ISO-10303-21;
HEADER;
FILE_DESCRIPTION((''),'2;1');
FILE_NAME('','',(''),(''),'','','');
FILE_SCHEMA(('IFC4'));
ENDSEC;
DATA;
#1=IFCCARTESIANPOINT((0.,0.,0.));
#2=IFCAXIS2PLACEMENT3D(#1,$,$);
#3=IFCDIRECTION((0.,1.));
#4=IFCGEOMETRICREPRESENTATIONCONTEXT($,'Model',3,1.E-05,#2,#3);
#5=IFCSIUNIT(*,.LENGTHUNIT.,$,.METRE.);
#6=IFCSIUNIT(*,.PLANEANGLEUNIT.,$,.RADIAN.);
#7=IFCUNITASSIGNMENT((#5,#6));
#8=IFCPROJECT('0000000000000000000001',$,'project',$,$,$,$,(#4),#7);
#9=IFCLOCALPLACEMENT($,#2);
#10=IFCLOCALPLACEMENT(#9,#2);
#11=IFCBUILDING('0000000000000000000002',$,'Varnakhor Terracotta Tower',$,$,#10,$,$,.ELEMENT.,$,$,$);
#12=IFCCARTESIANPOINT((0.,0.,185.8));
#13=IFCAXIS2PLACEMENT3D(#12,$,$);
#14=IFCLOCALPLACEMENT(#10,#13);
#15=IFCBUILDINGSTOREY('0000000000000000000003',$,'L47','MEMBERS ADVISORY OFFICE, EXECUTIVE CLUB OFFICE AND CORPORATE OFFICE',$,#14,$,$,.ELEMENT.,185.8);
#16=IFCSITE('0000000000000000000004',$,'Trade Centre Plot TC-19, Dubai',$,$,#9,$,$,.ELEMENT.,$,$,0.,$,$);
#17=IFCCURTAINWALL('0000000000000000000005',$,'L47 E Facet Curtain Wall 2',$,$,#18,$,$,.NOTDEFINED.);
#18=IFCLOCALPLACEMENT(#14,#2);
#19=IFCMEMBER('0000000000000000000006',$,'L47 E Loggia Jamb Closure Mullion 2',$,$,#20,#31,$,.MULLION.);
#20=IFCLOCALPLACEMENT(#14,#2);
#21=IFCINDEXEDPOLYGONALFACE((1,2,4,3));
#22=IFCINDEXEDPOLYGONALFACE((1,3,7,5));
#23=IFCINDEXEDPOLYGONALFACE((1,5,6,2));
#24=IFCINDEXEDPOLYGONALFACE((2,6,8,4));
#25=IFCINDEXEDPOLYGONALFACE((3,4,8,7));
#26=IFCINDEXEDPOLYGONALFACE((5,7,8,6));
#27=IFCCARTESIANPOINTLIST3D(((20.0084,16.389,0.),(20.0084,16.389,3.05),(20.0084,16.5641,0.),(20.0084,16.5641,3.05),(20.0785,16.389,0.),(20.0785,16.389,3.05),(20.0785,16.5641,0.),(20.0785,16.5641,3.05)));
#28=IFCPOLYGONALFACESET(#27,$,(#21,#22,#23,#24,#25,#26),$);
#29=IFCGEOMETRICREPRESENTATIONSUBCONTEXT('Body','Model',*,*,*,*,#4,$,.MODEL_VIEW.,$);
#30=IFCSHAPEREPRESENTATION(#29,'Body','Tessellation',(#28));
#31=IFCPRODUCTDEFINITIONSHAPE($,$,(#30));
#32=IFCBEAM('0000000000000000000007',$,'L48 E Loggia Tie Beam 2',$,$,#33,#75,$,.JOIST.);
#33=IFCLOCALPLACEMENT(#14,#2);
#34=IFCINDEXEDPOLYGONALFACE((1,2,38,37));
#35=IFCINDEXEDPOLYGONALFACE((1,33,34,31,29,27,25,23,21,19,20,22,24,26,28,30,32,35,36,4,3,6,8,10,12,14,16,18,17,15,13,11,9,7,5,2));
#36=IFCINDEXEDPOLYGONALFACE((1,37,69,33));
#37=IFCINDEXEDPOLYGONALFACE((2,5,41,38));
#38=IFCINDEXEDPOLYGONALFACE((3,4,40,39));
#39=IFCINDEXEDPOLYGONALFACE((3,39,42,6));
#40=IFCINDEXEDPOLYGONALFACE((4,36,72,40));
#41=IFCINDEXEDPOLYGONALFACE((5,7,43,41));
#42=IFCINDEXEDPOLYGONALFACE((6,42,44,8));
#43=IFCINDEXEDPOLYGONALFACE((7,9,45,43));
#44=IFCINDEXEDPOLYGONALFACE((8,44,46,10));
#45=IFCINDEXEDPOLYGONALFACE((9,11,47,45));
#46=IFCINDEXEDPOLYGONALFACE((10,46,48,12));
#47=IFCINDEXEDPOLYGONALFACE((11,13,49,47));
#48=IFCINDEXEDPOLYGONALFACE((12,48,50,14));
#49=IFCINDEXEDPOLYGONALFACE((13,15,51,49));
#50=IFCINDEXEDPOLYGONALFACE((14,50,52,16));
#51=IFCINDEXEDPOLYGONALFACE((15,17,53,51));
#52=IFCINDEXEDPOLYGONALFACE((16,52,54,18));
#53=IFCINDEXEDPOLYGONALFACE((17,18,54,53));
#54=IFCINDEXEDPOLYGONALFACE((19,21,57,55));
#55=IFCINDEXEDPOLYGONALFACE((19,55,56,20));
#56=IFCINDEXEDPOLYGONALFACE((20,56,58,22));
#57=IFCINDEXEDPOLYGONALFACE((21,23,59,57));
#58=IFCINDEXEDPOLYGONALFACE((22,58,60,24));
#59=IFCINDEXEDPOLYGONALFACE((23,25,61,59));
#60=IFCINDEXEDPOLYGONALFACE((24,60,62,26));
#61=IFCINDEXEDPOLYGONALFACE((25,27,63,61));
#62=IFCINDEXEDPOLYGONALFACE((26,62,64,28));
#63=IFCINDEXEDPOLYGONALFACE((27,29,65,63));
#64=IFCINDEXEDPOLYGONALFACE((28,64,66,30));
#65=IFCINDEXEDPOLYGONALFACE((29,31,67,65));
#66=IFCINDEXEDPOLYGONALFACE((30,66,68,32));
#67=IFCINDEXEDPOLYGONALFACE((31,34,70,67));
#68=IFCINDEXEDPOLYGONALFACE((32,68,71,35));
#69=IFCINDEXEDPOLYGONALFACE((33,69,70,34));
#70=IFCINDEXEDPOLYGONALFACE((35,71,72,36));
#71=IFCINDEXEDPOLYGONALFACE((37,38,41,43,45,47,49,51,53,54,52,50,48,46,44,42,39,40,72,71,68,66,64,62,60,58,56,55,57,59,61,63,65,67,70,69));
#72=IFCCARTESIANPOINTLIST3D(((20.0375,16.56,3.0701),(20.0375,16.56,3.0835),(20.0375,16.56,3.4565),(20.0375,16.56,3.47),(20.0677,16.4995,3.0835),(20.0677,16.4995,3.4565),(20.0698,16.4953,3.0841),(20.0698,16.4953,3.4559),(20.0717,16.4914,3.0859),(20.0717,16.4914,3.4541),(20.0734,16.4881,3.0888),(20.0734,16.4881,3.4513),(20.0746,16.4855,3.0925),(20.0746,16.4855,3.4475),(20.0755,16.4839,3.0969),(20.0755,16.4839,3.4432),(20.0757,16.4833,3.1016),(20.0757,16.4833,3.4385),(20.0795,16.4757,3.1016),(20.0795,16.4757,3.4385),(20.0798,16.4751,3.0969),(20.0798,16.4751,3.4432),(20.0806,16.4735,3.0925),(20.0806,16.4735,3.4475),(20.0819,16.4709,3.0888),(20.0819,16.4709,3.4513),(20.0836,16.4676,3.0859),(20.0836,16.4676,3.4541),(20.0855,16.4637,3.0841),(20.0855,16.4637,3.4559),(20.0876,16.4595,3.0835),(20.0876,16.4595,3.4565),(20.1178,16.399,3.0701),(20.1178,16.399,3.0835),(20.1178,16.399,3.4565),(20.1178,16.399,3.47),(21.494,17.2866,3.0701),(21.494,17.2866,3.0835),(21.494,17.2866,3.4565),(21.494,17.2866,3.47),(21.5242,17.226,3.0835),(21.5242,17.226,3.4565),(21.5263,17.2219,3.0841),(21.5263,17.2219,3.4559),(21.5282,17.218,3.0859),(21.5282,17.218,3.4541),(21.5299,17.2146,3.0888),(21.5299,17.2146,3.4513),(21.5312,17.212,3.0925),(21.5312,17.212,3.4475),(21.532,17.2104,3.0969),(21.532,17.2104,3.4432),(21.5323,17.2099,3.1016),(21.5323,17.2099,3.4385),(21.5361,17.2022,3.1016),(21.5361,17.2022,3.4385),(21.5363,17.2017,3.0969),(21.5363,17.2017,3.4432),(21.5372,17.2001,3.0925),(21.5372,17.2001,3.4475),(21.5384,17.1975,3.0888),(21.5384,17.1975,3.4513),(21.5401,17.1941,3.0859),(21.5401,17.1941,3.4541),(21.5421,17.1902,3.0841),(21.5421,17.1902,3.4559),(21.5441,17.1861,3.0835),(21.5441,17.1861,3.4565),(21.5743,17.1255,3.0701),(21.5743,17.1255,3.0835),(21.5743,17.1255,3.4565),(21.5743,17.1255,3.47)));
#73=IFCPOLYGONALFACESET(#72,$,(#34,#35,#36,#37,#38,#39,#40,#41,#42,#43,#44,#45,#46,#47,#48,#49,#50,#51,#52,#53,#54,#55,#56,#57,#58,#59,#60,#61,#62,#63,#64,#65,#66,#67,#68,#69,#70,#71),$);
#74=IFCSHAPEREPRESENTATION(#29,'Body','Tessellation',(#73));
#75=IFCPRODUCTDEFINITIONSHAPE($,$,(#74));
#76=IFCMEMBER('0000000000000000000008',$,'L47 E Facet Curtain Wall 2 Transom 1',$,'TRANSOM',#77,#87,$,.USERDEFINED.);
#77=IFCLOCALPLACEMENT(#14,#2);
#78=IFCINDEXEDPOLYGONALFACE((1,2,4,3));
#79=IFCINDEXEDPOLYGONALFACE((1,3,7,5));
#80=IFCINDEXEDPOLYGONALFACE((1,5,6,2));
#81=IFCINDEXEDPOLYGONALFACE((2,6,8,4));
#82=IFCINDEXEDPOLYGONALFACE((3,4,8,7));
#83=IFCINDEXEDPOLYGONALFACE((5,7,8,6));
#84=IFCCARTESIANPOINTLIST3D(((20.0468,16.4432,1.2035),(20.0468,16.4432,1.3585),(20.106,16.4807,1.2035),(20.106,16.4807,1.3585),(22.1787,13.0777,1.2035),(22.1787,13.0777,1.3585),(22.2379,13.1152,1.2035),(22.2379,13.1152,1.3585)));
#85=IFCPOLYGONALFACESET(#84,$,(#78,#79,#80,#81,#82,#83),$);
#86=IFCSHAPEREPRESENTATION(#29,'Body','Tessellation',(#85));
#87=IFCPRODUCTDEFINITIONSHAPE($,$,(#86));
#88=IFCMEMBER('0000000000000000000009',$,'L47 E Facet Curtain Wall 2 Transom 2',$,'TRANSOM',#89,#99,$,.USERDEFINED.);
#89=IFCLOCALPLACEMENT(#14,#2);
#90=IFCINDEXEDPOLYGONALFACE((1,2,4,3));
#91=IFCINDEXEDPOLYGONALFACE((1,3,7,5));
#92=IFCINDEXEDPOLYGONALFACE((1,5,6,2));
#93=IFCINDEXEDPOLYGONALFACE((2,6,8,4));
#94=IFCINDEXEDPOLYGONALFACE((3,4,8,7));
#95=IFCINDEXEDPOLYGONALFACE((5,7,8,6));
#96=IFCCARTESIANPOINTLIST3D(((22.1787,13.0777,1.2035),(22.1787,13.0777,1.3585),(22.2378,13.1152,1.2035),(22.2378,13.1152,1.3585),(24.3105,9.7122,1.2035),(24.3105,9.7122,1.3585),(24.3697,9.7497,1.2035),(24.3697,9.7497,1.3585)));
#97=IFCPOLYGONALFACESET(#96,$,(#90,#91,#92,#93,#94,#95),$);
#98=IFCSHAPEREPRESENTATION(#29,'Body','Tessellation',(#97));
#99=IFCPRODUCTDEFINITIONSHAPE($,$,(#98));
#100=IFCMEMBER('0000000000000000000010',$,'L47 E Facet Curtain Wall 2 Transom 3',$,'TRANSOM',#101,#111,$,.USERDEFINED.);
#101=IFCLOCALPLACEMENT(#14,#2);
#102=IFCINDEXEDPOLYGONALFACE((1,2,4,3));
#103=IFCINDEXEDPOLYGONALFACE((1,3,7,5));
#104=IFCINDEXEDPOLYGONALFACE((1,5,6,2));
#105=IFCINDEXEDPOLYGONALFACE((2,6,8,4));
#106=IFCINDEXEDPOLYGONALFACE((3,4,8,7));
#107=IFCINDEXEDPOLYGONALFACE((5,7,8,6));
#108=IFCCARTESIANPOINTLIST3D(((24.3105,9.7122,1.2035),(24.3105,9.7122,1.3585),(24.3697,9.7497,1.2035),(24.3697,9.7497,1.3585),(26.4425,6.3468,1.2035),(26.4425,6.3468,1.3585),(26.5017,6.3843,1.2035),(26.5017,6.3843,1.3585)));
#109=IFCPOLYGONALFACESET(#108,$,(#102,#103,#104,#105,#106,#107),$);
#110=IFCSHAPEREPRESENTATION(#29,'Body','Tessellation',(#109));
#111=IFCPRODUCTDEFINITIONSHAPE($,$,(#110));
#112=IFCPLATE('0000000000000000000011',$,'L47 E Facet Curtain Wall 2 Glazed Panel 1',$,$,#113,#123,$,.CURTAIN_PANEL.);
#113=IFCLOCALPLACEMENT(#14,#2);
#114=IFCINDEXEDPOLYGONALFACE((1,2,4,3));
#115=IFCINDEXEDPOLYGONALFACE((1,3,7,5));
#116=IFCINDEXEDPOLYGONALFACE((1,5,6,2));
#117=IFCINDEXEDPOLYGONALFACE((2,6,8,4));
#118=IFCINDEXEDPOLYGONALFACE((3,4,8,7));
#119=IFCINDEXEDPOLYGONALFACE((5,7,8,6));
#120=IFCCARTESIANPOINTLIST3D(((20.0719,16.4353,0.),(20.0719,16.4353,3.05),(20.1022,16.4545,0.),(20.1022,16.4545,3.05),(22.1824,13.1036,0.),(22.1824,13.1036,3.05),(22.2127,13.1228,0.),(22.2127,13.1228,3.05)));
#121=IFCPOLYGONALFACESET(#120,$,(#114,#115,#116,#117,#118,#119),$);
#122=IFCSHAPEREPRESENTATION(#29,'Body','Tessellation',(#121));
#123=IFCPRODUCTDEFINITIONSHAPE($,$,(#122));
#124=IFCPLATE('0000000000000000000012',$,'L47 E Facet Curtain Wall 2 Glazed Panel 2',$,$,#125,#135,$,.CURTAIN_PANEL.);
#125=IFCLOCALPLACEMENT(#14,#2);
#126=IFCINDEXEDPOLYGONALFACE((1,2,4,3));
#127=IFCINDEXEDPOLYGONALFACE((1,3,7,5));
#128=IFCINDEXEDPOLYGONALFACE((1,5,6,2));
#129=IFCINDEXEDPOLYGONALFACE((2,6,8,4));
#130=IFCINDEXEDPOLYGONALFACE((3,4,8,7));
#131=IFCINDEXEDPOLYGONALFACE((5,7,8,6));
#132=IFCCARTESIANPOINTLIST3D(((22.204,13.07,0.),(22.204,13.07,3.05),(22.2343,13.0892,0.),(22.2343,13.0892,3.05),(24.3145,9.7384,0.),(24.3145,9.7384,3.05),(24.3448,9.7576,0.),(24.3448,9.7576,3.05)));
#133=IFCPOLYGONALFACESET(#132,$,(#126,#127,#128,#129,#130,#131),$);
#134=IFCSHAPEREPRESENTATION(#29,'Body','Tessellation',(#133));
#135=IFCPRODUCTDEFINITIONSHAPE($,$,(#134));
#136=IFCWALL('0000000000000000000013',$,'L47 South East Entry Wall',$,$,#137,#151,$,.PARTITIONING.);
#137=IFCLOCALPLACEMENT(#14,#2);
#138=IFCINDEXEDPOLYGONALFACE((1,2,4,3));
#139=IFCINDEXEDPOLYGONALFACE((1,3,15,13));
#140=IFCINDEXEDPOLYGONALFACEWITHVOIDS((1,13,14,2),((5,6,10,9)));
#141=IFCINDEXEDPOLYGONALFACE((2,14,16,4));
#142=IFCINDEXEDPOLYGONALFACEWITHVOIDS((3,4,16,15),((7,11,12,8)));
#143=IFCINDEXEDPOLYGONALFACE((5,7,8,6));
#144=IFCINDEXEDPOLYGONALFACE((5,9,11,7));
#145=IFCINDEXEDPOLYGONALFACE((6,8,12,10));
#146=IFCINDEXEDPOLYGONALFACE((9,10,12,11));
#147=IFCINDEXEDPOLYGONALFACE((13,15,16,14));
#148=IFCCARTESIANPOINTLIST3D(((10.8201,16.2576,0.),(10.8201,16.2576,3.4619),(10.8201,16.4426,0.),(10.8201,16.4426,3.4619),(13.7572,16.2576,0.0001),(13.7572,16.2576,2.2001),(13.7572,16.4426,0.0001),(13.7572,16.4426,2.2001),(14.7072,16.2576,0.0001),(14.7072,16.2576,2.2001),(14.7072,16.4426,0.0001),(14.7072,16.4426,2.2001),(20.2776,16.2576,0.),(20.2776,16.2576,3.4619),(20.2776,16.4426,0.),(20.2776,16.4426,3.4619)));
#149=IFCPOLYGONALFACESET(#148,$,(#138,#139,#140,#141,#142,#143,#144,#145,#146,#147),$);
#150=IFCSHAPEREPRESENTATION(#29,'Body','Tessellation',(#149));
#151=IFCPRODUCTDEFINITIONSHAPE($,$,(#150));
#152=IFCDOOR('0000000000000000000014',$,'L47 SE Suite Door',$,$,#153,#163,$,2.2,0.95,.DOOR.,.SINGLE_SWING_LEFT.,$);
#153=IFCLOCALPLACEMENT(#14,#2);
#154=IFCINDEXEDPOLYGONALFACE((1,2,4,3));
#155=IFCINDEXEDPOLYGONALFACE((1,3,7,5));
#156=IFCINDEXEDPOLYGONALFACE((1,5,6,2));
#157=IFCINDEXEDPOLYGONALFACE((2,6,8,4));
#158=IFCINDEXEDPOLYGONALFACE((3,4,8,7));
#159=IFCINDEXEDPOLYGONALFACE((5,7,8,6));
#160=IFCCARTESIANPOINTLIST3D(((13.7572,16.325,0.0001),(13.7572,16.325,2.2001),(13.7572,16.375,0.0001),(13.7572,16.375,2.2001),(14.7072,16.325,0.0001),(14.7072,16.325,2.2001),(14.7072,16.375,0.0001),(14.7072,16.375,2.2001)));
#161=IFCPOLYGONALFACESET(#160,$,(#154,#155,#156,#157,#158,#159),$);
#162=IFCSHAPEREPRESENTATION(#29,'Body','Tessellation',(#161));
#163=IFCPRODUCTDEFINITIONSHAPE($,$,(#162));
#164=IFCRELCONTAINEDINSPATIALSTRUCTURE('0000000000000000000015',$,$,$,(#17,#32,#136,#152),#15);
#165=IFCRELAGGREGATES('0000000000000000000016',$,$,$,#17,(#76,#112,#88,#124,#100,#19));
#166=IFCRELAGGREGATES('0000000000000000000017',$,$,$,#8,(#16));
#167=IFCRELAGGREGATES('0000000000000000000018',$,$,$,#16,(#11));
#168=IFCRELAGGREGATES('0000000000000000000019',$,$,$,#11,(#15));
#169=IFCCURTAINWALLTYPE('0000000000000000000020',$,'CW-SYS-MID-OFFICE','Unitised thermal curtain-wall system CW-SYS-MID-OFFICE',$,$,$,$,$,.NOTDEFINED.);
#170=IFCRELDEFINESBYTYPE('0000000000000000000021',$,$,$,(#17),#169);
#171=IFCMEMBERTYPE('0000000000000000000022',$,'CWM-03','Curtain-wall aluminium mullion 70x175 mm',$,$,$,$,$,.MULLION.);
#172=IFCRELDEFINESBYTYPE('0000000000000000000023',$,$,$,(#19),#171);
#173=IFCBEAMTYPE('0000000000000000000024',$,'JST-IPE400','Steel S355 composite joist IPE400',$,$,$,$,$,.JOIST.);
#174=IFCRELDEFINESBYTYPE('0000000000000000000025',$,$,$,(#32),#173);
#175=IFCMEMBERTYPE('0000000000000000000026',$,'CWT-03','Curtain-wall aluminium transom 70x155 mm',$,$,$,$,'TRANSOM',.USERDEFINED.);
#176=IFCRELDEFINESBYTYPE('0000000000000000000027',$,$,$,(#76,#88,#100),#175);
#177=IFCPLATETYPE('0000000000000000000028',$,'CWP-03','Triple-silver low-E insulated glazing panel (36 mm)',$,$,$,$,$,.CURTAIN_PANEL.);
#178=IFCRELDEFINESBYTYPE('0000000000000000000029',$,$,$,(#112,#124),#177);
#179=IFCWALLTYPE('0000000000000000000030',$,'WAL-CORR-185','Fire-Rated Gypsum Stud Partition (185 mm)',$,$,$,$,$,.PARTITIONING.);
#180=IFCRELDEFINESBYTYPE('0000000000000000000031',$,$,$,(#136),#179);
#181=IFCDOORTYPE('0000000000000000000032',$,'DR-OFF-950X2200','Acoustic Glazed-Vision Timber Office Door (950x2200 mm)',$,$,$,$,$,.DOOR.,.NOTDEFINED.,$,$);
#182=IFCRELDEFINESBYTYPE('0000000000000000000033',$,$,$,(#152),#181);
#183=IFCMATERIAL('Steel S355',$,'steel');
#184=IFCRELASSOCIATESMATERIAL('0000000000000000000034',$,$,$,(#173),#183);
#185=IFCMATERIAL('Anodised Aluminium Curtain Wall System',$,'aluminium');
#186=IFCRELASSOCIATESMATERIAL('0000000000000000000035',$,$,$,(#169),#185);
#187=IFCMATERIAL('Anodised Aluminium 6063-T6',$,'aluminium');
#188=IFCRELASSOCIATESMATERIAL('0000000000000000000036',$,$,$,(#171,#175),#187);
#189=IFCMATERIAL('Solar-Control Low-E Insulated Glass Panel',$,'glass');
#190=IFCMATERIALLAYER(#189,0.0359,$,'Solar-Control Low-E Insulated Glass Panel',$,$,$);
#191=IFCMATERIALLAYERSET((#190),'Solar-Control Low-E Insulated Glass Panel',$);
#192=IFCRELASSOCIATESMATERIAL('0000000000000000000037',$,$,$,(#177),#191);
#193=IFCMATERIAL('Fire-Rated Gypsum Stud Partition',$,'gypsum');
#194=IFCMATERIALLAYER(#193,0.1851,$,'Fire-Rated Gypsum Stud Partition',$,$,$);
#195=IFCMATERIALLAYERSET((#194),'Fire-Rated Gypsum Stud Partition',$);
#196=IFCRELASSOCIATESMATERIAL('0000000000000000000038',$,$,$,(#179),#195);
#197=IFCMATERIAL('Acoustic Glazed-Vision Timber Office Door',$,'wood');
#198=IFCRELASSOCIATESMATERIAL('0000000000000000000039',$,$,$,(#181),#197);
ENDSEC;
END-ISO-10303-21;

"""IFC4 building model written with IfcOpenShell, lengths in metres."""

from ifc_helpers import new_model, si_unit, direction, frame, frame_2d, origin, origin_2d, place, context, subcontext, project, spatial, rectangle, i_section, extrude, source, transform, mapped, material, layer, layer_set, material_profile, profile_set, type_object, type_shapes, element, fill, aggregate, save


model = new_model("IFC4")

# Units and contexts
model_context = context("Model", 3, precision=1e-05, world=origin(), true_north=direction((0.0, 1.0)))
body_context = subcontext(model_context, "Body", "Model", "MODEL_VIEW")
ifc_project = project(units=[si_unit("LENGTHUNIT", "METRE"), si_unit("PLANEANGLEUNIT", "RADIAN")], contexts=[model_context])

# Site, building, storey
site_placement = place(None, origin())
site = spatial("IfcSite", under=ifc_project, at=site_placement, Name="Trade Centre Plot TC-19, Dubai", CompositionType="ELEMENT", RefElevation=0.0)
building_placement = place(site_placement, origin())
building = spatial("IfcBuilding", under=site, at=building_placement, Name="Varnakhor Terracotta Tower", CompositionType="ELEMENT")
storey_placement = place(building_placement, frame((0.0, 0.0, 185.8)))
storey = spatial("IfcBuildingStorey", under=building, at=storey_placement, Name="L47", Description="MEMBERS ADVISORY OFFICE, EXECUTIVE CLUB OFFICE AND CORPORATE OFFICE", CompositionType="ELEMENT", Elevation=185.8)

# Shared definitions
ifc_material_1 = material(Name="Steel S355", Category="steel")
ifc_material_profile_1 = material_profile(ifc_material_1, i_section(OverallWidth=0.1799, OverallDepth=0.3999, WebThickness=0.0085, FlangeThickness=0.0134, FilletRadius=0.0181, at=origin_2d()), Name="IPE400")
ifc_profile_set_1 = profile_set([ifc_material_profile_1], Name="Steel S355")
beam_type_1 = type_object("IfcBeamType", Name="JST-IPE400", Description="Steel S355 composite joist IPE400", PredefinedType="JOIST", material=ifc_profile_set_1)

# Curtain wall, member
ifc_material_2 = material(Name="Anodised Aluminium Curtain Wall System", Category="aluminium")
curtain_wall_type = type_object("IfcCurtainWallType", Name="CW-SYS-MID-OFFICE", Description="Unitised thermal curtain-wall system CW-SYS-MID-OFFICE", PredefinedType="NOTDEFINED", material=ifc_material_2)
curtain_wall_placement = place(storey_placement, origin())
curtain_wall = element("IfcCurtainWall", 1, at=curtain_wall_placement, inside=storey, type_object=curtain_wall_type, Name="L47 E Facet Curtain Wall 2", PredefinedType="NOTDEFINED")
ifc_material_3 = material(Name="Anodised Aluminium 6063-T6", Category="aluminium")
ifc_material_profile_2 = material_profile(ifc_material_3, rectangle(XDim=0.0701, YDim=0.175, at=origin_2d()), Name="ALU MULLION 70x175")
ifc_profile_set_2 = profile_set([ifc_material_profile_2], Name="Anodised Aluminium 6063-T6")
member_type_1 = type_object("IfcMemberType", Name="CWM-03", Description="Curtain-wall aluminium mullion 70x175 mm", PredefinedType="MULLION", material=ifc_profile_set_2)
shared_shape_1 = source(origin(), body_context, "Body", "SweptSolid", [
    extrude(rectangle(XDim=0.0701, YDim=0.175, at=origin_2d()), origin(), (0.0, 0.0, 1.0), 3.05),
])
member_1_placement = place(storey_placement, frame((20.0435, 16.4766, 0.0), z_axis=(0.0, 0.0, 1.0), x_axis=(1.0, 0.0, 0.0)))
member_1 = element("IfcMember", 2, at=member_1_placement, type_object=member_type_1, Name="L47 E Loggia Jamb Closure Mullion 2", PredefinedType="MULLION", context=body_context, shape_type="MappedRepresentation", body=[
    mapped(shared_shape_1, transform((0.0, 0.0, 0.0), scale=1.0)),
])

# Beam
shared_shape_2 = source(origin(), body_context, "Body", "SweptSolid", [
    extrude(i_section(OverallWidth=0.1799, OverallDepth=0.3999, WebThickness=0.0085, FlangeThickness=0.0134, FilletRadius=0.0181, at=origin_2d()), origin(), (0.0, 0.0, 1.0), 1.6277),
])
beam_1_placement = place(storey_placement, frame((20.0776, 16.4795, 3.27), z_axis=(0.894847, 0.446373, 0.0), x_axis=(-0.446373, 0.894847, 0.0)))
element("IfcBeam", 3, at=beam_1_placement, inside=storey, type_object=beam_type_1, Name="L48 E Loggia Tie Beam 2", PredefinedType="JOIST", context=body_context, shape_type="MappedRepresentation", body=[
    mapped(shared_shape_2, transform((0.0, 0.0, 0.0), scale=1.0)),
])

# Members
ifc_material_profile_3 = material_profile(ifc_material_3, rectangle(XDim=0.0701, YDim=0.155, at=origin_2d()), Name="ALU TRANSOM 70x155")
ifc_profile_set_3 = profile_set([ifc_material_profile_3], Name="Anodised Aluminium 6063-T6")
member_type_2 = type_object("IfcMemberType", Name="CWT-03", Description="Curtain-wall aluminium transom 70x155 mm", ElementType="TRANSOM", PredefinedType="USERDEFINED", material=ifc_profile_set_3)
shared_shape_3 = source(origin(), body_context, "Body", "SweptSolid", [
    extrude(rectangle(XDim=0.0701, YDim=0.155, at=origin_2d()), origin(), (0.0, 0.0, 1.0), 3.9839),
])
member_2_placement = place(storey_placement, frame((20.0764, 16.4619, 1.281), z_axis=(0.535118, -0.844778, 0.0), x_axis=(0.844778, 0.535118, 0.0)))
member_2 = element("IfcMember", 4, at=member_2_placement, type_object=member_type_2, Name="L47 E Facet Curtain Wall 2 Transom 1", ObjectType="TRANSOM", PredefinedType="USERDEFINED", context=body_context, shape_type="MappedRepresentation", body=[
    mapped(shared_shape_3, transform((0.0, 0.0, 0.0), scale=1.0)),
])
member_3_placement = place(storey_placement, frame((22.2083, 13.0964, 1.281), z_axis=(0.535118, -0.844778, 0.0), x_axis=(0.844778, 0.535118, 0.0)))
member_3 = element("IfcMember", 5, at=member_3_placement, type_object=member_type_2, Name="L47 E Facet Curtain Wall 2 Transom 2", ObjectType="TRANSOM", PredefinedType="USERDEFINED", context=body_context, shape_type="MappedRepresentation", body=[
    mapped(shared_shape_3, transform((0.0, 0.0, 0.0), scale=1.0)),
])
member_4_placement = place(storey_placement, frame((24.3401, 9.731, 1.281), z_axis=(0.535161, -0.84475, 0.0), x_axis=(0.84475, 0.535161, 0.0)))
member_4 = element("IfcMember", 6, at=member_4_placement, type_object=member_type_2, Name="L47 E Facet Curtain Wall 2 Transom 3", ObjectType="TRANSOM", PredefinedType="USERDEFINED", context=body_context, shape_type="MappedRepresentation", body=[
    mapped(shared_shape_3, transform((0.0, 0.0, 0.0), scale=1.0)),
])

# Plates
ifc_material_4 = material(Name="Solar-Control Low-E Insulated Glass Panel", Category="glass")
ifc_layer_1 = layer(ifc_material_4, 0.0359, Name="Solar-Control Low-E Insulated Glass Panel")
ifc_layer_set_1 = layer_set([ifc_layer_1], Name="Solar-Control Low-E Insulated Glass Panel")
plate_type = type_object("IfcPlateType", Name="CWP-03", Description="Triple-silver low-E insulated glazing panel (36 mm)", PredefinedType="CURTAIN_PANEL", material=ifc_layer_set_1)
shared_shape_4 = source(origin(), body_context, "Body", "SweptSolid", [
    extrude(rectangle(XDim=3.9438, YDim=0.0359, at=origin_2d()), origin(), (0.0, 0.0, 1.0), 3.05),
])
plate_1_placement = place(storey_placement, frame((21.1423, 14.7791, 0.0), z_axis=(0.0, 0.0, 1.0), x_axis=(0.535134, -0.844767, 0.0)))
plate_1 = element("IfcPlate", 7, at=plate_1_placement, type_object=plate_type, Name="L47 E Facet Curtain Wall 2 Glazed Panel 1", PredefinedType="CURTAIN_PANEL", context=body_context, shape_type="MappedRepresentation", body=[
    mapped(shared_shape_4, transform((0.0, 0.0, 0.0), scale=1.0)),
])
plate_2_placement = place(storey_placement, frame((23.2744, 11.4138, 0.0), z_axis=(0.0, 0.0, 1.0), x_axis=(0.535134, -0.844767, 0.0)))
plate_2 = element("IfcPlate", 8, at=plate_2_placement, type_object=plate_type, Name="L47 E Facet Curtain Wall 2 Glazed Panel 2", PredefinedType="CURTAIN_PANEL", context=body_context, shape_type="MappedRepresentation", body=[
    mapped(shared_shape_4, transform((0.0, 0.0, 0.0), scale=1.0)),
])
aggregate(curtain_wall, [member_2, plate_1, member_3, plate_2, member_4, member_1])

# Wall, opening, door
ifc_material_5 = material(Name="Fire-Rated Gypsum Stud Partition", Category="gypsum")
ifc_layer_2 = layer(ifc_material_5, 0.1851, Name="Fire-Rated Gypsum Stud Partition")
ifc_layer_set_2 = layer_set([ifc_layer_2], Name="Fire-Rated Gypsum Stud Partition")
wall_type_1 = type_object("IfcWallType", Name="WAL-CORR-185", Description="Fire-Rated Gypsum Stud Partition (185 mm)", PredefinedType="PARTITIONING", material=ifc_layer_set_2)
wall_1_placement = place(storey_placement, frame((10.8201, 16.3501, 0.0), z_axis=(0.0, 0.0, 1.0), x_axis=(1.0, 0.0, 0.0)))
wall_1 = element("IfcWall", 9, at=wall_1_placement, inside=storey, type_object=wall_type_1, Name="L47 South East Entry Wall", PredefinedType="PARTITIONING", context=body_context, shape_type="SweptSolid", body=[
    extrude(rectangle(XDim=9.4575, YDim=0.1851, at=frame_2d((4.7288, 0.0))), origin(), (0.0, 0.0, 1.0), 3.4619),
])
opening_1_placement = place(wall_1_placement, frame((2.937, 0.0, 0.0)))
opening_1 = element("IfcOpeningElement", 10, at=opening_1_placement, cuts=wall_1, PredefinedType="OPENING", context=body_context, shape_type="SweptSolid", body=[
    extrude(rectangle(XDim=0.95, YDim=2.2, at=frame_2d((0.4751, 1.1001))), frame((0.0, 0.1025, 0.0), z_axis=(0.0, -1.0, 0.0), x_axis=(1.0, 0.0, 0.0)), (0.0, 0.0, 1.0), 0.2051),
])
ifc_material_6 = material(Name="Acoustic Glazed-Vision Timber Office Door", Category="wood")
door_type = type_object("IfcDoorType", Name="DR-OFF-950X2200", Description="Acoustic Glazed-Vision Timber Office Door (950x2200 mm)", OperationType="NOTDEFINED", PredefinedType="DOOR", material=ifc_material_6)
shared_shape_5 = source(origin(), body_context, "Body", "SweptSolid", [
    extrude(rectangle(XDim=0.95, YDim=2.2, at=frame_2d((0.4751, 1.1001))), frame((0.0, 0.0249, 0.0), z_axis=(0.0, -1.0, 0.0), x_axis=(1.0, 0.0, 0.0)), (0.0, 0.0, 1.0), 0.05),
])
type_shapes(door_type, [shared_shape_5])
door_1_placement = place(opening_1_placement, origin())
door_1 = element("IfcDoor", 11, at=door_1_placement, inside=storey, type_object=door_type, Name="L47 SE Suite Door", OperationType="SINGLE_SWING_LEFT", OverallHeight=2.2, OverallWidth=0.95, PredefinedType="DOOR", context=body_context, shape_type="MappedRepresentation", body=[
    mapped(shared_shape_5, transform((0.0, 0.0, 0.0), scale=1.0)),
])
fill(opening_1, door_1)

save(model, "model.ifc")
